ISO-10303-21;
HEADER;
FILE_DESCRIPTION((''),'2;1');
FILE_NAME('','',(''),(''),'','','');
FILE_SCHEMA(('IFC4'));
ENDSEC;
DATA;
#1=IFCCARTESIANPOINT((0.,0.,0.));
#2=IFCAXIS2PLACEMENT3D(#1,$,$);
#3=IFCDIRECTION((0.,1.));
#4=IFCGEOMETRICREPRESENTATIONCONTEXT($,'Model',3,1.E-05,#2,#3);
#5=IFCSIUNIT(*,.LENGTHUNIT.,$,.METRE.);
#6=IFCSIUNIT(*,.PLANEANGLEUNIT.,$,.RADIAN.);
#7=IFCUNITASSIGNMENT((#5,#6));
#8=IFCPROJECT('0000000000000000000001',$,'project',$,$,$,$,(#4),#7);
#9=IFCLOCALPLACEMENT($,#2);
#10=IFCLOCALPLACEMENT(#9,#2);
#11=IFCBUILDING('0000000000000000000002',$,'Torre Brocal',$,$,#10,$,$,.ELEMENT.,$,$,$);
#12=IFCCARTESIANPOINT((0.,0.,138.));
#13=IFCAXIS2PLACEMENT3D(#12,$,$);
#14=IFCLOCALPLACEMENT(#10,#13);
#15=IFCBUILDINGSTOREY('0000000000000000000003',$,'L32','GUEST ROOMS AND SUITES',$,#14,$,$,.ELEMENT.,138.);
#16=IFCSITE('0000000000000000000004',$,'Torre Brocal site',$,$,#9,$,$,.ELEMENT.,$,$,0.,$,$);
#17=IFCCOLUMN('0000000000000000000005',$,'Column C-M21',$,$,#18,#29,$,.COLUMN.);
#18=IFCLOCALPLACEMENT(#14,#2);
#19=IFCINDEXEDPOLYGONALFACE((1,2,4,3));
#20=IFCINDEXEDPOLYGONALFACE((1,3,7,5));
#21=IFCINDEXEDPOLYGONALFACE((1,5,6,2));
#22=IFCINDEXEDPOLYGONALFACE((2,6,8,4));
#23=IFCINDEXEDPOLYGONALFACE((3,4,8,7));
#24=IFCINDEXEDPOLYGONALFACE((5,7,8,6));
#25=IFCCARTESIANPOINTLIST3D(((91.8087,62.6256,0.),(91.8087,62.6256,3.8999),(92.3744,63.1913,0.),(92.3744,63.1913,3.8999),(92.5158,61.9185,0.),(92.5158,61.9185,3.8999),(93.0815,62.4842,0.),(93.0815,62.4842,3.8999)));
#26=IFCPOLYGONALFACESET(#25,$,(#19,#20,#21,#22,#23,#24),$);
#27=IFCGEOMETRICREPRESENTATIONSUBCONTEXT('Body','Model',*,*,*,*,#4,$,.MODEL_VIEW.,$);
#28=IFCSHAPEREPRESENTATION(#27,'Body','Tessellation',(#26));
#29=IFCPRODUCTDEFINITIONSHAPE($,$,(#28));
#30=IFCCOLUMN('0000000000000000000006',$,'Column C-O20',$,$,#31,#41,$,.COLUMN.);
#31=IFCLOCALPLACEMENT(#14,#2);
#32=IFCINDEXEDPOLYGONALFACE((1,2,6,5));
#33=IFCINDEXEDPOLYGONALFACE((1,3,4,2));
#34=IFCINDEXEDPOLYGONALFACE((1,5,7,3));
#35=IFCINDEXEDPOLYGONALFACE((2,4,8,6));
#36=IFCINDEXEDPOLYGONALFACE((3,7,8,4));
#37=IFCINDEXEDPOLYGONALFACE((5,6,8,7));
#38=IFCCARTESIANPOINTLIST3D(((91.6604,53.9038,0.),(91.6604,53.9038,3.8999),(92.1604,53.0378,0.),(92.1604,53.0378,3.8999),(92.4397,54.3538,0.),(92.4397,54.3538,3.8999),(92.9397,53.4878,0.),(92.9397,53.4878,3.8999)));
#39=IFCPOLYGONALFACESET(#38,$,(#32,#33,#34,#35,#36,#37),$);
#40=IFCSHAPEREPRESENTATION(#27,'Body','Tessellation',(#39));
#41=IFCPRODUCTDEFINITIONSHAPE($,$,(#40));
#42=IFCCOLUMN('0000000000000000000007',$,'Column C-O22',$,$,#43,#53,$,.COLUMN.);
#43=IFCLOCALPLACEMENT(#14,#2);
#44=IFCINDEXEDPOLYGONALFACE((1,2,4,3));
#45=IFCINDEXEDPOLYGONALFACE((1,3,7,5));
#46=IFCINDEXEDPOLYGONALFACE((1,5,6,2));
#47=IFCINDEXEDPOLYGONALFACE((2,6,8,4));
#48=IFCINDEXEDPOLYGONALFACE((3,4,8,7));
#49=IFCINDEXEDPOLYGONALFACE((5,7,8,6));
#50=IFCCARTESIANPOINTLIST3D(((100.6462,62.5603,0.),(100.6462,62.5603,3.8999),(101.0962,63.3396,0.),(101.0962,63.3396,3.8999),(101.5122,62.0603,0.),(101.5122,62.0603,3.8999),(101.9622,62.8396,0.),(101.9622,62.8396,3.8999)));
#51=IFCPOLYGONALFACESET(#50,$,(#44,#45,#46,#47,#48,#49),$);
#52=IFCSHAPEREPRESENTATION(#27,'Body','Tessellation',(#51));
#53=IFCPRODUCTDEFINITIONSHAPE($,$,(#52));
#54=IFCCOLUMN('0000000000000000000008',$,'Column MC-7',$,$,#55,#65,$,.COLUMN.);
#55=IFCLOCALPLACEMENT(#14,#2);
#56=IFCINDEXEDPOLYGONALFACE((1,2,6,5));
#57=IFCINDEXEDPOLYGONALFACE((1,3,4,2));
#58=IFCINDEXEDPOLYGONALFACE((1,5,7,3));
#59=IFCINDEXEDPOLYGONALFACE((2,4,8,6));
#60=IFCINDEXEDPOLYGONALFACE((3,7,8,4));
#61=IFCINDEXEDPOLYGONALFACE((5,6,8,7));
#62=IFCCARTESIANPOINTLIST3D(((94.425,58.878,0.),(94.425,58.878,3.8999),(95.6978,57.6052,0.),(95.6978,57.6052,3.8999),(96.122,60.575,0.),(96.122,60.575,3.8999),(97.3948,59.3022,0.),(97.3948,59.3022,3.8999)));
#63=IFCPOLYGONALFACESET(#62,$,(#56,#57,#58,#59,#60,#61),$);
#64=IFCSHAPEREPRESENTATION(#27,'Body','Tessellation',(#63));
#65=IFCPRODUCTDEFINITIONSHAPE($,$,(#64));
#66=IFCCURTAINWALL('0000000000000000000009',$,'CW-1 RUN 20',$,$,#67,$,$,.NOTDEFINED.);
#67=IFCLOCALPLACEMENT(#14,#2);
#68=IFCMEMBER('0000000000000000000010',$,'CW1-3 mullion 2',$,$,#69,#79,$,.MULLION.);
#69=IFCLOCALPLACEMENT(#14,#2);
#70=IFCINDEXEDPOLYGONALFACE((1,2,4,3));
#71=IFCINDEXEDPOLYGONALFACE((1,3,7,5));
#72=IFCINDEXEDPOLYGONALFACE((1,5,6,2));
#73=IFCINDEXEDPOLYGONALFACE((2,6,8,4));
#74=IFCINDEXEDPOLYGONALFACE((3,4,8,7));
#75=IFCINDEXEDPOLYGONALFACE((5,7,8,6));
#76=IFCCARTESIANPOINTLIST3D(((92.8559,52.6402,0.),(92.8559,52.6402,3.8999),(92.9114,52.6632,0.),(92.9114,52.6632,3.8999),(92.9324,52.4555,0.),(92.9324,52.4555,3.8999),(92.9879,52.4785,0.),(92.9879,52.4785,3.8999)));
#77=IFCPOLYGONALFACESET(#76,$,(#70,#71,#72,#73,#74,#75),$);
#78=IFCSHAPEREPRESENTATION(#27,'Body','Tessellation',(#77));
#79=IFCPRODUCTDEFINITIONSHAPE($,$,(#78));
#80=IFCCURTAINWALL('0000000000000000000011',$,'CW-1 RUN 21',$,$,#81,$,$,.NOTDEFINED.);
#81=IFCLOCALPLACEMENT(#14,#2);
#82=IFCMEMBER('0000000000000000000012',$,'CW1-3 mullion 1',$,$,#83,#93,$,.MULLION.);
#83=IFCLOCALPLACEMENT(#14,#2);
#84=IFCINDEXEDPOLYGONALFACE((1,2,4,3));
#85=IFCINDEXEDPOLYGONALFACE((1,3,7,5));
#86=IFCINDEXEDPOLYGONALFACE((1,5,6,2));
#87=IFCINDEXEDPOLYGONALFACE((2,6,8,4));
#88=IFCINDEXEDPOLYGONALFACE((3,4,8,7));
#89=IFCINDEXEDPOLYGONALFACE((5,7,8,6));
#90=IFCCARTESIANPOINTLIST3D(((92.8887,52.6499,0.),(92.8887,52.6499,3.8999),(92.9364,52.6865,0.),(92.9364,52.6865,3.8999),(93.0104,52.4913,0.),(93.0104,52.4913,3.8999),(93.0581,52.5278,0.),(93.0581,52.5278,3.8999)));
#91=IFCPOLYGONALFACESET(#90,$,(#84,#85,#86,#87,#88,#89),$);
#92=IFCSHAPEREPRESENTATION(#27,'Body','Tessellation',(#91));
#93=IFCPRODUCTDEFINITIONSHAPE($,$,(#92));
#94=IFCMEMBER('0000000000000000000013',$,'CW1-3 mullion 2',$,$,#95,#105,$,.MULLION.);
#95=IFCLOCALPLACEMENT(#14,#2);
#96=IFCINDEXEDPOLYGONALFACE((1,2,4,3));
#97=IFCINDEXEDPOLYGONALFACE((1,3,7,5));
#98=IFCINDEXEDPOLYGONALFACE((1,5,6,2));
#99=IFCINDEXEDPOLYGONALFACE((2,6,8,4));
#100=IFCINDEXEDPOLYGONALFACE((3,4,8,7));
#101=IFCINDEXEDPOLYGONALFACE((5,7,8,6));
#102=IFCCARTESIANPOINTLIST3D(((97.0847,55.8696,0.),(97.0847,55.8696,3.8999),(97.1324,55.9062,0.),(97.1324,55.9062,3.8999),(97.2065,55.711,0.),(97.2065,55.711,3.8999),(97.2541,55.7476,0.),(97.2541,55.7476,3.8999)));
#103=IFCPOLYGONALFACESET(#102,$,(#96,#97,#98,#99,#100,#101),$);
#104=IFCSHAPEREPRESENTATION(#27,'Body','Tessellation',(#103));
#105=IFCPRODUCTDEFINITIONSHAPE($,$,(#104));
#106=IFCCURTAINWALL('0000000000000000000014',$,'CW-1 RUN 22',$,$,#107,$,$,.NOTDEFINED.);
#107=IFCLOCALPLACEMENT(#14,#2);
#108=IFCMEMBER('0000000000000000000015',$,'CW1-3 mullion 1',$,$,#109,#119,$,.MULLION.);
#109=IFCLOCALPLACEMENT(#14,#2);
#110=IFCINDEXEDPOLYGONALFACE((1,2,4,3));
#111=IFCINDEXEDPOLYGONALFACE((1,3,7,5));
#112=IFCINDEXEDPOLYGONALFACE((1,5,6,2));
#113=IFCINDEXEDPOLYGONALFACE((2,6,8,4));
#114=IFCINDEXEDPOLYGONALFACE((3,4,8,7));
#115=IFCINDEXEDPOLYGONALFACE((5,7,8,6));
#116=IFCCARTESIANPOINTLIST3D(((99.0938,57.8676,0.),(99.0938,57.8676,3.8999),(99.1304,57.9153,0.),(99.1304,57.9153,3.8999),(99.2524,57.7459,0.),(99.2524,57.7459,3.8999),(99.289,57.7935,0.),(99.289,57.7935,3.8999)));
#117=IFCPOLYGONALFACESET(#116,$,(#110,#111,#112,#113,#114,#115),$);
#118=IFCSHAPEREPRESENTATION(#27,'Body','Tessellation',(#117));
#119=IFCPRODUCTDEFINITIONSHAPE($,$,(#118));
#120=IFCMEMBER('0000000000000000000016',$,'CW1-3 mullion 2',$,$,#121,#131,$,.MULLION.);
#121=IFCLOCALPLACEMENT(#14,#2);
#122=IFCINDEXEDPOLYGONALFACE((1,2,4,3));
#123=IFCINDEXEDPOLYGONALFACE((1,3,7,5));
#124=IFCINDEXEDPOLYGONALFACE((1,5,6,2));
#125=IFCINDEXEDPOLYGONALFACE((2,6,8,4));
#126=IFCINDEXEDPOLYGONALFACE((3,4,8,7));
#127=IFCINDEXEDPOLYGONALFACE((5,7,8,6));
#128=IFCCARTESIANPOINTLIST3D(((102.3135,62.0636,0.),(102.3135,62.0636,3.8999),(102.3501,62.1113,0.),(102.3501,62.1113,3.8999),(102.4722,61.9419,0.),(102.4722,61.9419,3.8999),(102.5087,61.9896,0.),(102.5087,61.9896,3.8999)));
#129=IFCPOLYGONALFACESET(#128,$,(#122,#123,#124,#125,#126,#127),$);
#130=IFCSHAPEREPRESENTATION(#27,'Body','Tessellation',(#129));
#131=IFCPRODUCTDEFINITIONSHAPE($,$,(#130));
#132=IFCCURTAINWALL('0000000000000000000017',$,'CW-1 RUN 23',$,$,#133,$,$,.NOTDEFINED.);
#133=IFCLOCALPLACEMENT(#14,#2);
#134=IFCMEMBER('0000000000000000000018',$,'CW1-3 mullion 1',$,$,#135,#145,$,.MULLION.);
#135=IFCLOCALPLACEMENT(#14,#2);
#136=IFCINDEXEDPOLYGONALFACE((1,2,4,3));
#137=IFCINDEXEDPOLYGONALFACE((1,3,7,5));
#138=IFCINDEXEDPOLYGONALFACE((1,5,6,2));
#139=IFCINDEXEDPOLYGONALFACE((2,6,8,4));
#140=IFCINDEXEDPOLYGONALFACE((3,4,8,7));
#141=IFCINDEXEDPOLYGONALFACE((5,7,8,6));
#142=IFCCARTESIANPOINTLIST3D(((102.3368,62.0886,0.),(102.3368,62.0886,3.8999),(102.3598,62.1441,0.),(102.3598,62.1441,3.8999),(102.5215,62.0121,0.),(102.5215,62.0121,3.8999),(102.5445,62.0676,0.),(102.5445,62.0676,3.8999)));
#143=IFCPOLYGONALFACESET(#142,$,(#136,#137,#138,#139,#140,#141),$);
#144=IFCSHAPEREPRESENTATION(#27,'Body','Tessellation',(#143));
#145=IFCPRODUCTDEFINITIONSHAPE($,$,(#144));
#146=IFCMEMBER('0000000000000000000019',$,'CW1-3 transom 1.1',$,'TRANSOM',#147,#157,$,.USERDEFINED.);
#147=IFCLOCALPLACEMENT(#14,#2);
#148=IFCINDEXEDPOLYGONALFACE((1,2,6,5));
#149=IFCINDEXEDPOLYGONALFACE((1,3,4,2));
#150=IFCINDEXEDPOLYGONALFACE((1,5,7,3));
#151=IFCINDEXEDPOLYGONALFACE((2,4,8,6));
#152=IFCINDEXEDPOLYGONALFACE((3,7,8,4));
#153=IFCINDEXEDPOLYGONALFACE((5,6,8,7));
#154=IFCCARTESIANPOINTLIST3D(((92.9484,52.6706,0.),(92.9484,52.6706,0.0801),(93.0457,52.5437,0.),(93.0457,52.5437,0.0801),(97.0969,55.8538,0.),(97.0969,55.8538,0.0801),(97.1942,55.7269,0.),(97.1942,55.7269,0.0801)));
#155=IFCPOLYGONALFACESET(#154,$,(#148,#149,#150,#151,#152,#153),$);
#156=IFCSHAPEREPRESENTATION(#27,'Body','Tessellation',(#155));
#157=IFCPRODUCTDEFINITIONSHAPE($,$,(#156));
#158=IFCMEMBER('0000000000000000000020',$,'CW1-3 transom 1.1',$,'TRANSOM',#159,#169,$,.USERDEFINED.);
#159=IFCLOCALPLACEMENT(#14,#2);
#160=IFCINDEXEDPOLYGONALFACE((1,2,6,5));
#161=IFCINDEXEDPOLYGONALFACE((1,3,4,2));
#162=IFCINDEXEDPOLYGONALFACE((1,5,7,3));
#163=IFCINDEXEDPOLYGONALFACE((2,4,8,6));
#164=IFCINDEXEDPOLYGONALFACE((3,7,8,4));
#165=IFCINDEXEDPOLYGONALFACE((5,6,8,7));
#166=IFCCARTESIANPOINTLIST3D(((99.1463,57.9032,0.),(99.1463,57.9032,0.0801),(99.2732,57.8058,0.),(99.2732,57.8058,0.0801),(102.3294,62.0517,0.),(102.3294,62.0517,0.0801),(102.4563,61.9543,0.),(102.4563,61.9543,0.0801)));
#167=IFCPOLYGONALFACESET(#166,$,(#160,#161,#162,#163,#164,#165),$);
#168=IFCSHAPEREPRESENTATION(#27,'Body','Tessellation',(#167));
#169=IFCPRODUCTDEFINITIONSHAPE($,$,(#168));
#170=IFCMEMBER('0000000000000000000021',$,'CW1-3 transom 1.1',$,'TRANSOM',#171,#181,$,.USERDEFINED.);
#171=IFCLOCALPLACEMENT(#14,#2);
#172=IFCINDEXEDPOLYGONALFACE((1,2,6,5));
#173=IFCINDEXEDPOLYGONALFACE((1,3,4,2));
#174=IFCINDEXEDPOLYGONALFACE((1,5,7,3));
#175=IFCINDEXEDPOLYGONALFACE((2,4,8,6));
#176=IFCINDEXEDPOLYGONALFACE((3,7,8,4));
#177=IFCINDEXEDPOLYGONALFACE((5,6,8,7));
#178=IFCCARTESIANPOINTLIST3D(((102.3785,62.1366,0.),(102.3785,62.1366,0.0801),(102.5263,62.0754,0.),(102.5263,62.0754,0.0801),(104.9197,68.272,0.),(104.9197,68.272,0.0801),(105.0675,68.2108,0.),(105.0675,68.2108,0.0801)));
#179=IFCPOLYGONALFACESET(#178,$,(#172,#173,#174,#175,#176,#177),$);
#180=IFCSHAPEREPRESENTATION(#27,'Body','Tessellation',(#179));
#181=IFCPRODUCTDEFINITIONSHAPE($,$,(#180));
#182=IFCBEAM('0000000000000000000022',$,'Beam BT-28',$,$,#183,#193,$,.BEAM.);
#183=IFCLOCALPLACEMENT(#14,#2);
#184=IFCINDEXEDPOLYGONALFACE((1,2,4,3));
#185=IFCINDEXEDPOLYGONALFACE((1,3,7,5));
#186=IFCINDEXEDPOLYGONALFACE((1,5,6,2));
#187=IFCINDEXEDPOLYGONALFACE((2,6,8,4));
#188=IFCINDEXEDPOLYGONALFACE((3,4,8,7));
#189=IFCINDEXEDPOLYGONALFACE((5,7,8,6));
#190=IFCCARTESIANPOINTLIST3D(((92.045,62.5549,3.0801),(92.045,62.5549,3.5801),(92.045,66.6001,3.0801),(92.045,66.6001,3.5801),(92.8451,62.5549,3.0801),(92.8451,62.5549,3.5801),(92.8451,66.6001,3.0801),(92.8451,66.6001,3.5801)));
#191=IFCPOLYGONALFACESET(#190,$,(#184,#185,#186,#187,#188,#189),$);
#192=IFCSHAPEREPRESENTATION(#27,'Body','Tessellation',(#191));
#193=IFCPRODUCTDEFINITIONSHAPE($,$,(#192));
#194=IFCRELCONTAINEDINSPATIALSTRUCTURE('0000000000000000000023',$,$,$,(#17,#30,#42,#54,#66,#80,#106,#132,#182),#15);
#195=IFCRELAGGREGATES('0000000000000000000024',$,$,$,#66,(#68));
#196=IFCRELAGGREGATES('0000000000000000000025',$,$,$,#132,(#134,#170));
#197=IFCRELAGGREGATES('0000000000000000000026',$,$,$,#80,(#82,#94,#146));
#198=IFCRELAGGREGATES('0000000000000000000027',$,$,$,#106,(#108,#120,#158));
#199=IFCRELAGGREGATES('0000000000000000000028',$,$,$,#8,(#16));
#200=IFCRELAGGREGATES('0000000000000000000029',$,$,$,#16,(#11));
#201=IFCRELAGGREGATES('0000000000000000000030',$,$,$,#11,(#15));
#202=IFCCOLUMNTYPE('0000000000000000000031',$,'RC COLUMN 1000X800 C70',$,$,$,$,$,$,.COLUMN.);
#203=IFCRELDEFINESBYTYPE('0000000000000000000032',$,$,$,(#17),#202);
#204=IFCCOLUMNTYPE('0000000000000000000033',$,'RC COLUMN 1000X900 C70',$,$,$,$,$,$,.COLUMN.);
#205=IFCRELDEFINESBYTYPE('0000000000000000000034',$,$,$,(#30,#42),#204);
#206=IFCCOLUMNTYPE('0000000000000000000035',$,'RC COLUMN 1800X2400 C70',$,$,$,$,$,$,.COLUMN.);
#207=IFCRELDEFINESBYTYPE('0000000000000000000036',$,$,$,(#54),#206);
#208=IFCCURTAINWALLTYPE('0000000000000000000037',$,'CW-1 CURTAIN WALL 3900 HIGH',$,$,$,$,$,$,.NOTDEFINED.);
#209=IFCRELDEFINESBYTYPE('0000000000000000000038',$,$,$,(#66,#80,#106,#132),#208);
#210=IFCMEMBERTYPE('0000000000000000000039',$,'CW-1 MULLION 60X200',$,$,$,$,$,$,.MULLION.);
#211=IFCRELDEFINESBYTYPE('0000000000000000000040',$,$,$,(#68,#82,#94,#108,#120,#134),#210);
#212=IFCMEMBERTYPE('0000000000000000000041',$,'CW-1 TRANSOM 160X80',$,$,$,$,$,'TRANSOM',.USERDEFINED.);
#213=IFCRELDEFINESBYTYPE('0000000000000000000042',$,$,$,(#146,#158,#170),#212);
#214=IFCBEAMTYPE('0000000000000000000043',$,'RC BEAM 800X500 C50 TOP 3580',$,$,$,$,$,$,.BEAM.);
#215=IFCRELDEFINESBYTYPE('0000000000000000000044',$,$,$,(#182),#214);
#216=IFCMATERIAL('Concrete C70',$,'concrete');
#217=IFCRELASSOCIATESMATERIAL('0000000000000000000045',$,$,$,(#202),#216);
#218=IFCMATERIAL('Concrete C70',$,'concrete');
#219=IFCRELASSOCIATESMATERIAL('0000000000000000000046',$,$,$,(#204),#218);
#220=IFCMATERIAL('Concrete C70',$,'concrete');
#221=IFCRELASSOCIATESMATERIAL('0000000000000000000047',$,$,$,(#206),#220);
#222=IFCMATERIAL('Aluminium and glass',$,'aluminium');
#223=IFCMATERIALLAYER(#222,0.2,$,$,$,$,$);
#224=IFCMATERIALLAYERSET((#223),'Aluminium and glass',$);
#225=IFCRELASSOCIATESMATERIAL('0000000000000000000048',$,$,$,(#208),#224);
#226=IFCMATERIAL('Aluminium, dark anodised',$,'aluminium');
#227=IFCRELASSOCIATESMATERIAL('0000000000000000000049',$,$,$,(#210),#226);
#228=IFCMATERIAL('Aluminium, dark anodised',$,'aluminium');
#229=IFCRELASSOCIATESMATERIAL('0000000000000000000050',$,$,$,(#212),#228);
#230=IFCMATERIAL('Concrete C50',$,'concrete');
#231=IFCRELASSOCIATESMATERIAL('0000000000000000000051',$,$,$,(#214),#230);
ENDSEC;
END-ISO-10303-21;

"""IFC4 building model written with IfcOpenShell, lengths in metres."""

from ifc_helpers import new_model, si_unit, direction, frame, origin, origin_2d, place, context, subcontext, project, spatial, rectangle, extrude, material, layer, layer_set, material_profile, profile_set, type_object, element, aggregate, save


model = new_model("IFC4")

# Units and contexts
model_context = context("Model", 3, precision=1e-05, world=origin(), true_north=direction((0.0, 1.0)))
body_context = subcontext(model_context, "Body", "Model", "MODEL_VIEW")
ifc_project = project(units=[si_unit("LENGTHUNIT", "METRE"), si_unit("PLANEANGLEUNIT", "RADIAN")], contexts=[model_context])

# Site, building, storey
site_placement = place(None, origin())
site = spatial("IfcSite", under=ifc_project, at=site_placement, Name="Torre Brocal site", CompositionType="ELEMENT", RefElevation=0.0)
building_placement = place(site_placement, origin())
building = spatial("IfcBuilding", under=site, at=building_placement, Name="Torre Brocal", CompositionType="ELEMENT")
storey_placement = place(building_placement, frame((0.0, 0.0, 138.0)))
storey = spatial("IfcBuildingStorey", under=building, at=storey_placement, Name="L32", Description="GUEST ROOMS AND SUITES", CompositionType="ELEMENT", Elevation=138.0)

# Columns
ifc_material_1 = material(Name="Concrete C70", Category="concrete")
ifc_material_profile_1 = material_profile(ifc_material_1, rectangle(XDim=1.0, YDim=0.8, at=origin_2d()), Name="RC 1000X800")
ifc_profile_set_1 = profile_set([ifc_material_profile_1], Name="Concrete C70")
column_type_1 = type_object("IfcColumnType", Name="RC COLUMN 1000X800 C70", PredefinedType="COLUMN", material=ifc_profile_set_1)
column_1_placement = place(storey_placement, frame((92.4451, 62.5549, 0.0), z_axis=(0.0, 0.0, 1.0), x_axis=(0.707107, -0.707107, 0.0)))
element("IfcColumn", 1, at=column_1_placement, inside=storey, type_object=column_type_1, Name="Column C-M21", PredefinedType="COLUMN", context=body_context, shape_type="SweptSolid", body=[
    extrude(rectangle(XDim=1.0, YDim=0.8, at=origin_2d()), origin(), (0.0, 0.0, 1.0), 3.8999),
])
ifc_material_2 = material(Name="Concrete C70", Category="concrete")
ifc_material_profile_2 = material_profile(ifc_material_2, rectangle(XDim=1.0, YDim=0.8999, at=origin_2d()), Name="RC 1000X900")
ifc_profile_set_2 = profile_set([ifc_material_profile_2], Name="Concrete C70")
column_type_2 = type_object("IfcColumnType", Name="RC COLUMN 1000X900 C70", PredefinedType="COLUMN", material=ifc_profile_set_2)
for number, where, z_axis, x_axis, name in (
    (2, (92.3, 53.6958, 0.0), (0.0, 0.0, 1.0), (0.5, -0.866025, 0.0), "Column C-O20"),
    (3, (101.3042, 62.7, 0.0), (0.0, 0.0, 1.0), (0.866025, -0.5, 0.0), "Column C-O22"),
):
    element("IfcColumn", number, at=place(storey_placement, frame(where, z_axis=z_axis, x_axis=x_axis)), inside=storey, type_object=column_type_2, Name=name, PredefinedType="COLUMN", context=body_context, shape_type="SweptSolid", body=[
        extrude(rectangle(XDim=1.0, YDim=0.8999, at=origin_2d()), origin(), (0.0, 0.0, 1.0), 3.8999),
    ])
ifc_material_3 = material(Name="Concrete C70", Category="concrete")
ifc_material_profile_3 = material_profile(ifc_material_3, rectangle(XDim=1.8, YDim=2.3999, at=origin_2d()), Name="RC 1800X2400")
ifc_profile_set_3 = profile_set([ifc_material_profile_3], Name="Concrete C70")
column_type_3 = type_object("IfcColumnType", Name="RC COLUMN 1800X2400 C70", PredefinedType="COLUMN", material=ifc_profile_set_3)
column_2_placement = place(storey_placement, frame((95.9099, 59.0901, 0.0), z_axis=(0.0, 0.0, 1.0), x_axis=(0.707107, -0.707107, 0.0)))
element("IfcColumn", 4, at=column_2_placement, inside=storey, type_object=column_type_3, Name="Column MC-7", PredefinedType="COLUMN", context=body_context, shape_type="SweptSolid", body=[
    extrude(rectangle(XDim=1.8, YDim=2.3999, at=origin_2d()), origin(), (0.0, 0.0, 1.0), 3.8999),
])

# Curtain wall, member
ifc_material_4 = material(Name="Aluminium and glass", Category="aluminium")
ifc_layer_1 = layer(ifc_material_4, 0.2)
ifc_layer_set_1 = layer_set([ifc_layer_1], Name="Aluminium and glass")
curtain_wall_type = type_object("IfcCurtainWallType", Name="CW-1 CURTAIN WALL 3900 HIGH", PredefinedType="NOTDEFINED", material=ifc_layer_set_1)
curtain_wall_1_placement = place(storey_placement, origin())
curtain_wall_1 = element("IfcCurtainWall", 5, at=curtain_wall_1_placement, inside=storey, type_object=curtain_wall_type, Name="CW-1 RUN 20", PredefinedType="NOTDEFINED")
ifc_material_5 = material(Name="Aluminium, dark anodised", Category="aluminium")
ifc_material_profile_4 = material_profile(ifc_material_5, rectangle(XDim=0.2, YDim=0.0601, at=origin_2d()), Name="CW-1 MULLION 60X200")
ifc_profile_set_4 = profile_set([ifc_material_profile_4], Name="Aluminium, dark anodised")
member_type_1 = type_object("IfcMemberType", Name="CW-1 MULLION 60X200", PredefinedType="MULLION", material=ifc_profile_set_4)
member_1_placement = place(storey_placement, frame((92.9219, 52.5593, 0.0), z_axis=(0.0, 0.0, 1.0), x_axis=(-0.382683, 0.92388, 0.0)))
member_1 = element("IfcMember", 6, at=member_1_placement, type_object=member_type_1, Name="CW1-3 mullion 2", PredefinedType="MULLION", context=body_context, shape_type="SweptSolid", body=[
    extrude(rectangle(XDim=0.2, YDim=0.0601, at=origin_2d()), origin(), (0.0, 0.0, 1.0), 3.8999),
])
aggregate(curtain_wall_1, [member_1])

# Curtain walls, members
curtain_wall_2_placement = place(storey_placement, origin())
curtain_wall_2 = element("IfcCurtainWall", 7, at=curtain_wall_2_placement, inside=storey, type_object=curtain_wall_type, Name="CW-1 RUN 21", PredefinedType="NOTDEFINED")
member_2_placement = place(storey_placement, frame((92.9734, 52.5889, 0.0), z_axis=(0.0, 0.0, 1.0), x_axis=(-0.608761, 0.793353, 0.0)))
member_2 = element("IfcMember", 8, at=member_2_placement, type_object=member_type_1, Name="CW1-3 mullion 1", PredefinedType="MULLION", context=body_context, shape_type="SweptSolid", body=[
    extrude(rectangle(XDim=0.2, YDim=0.0601, at=origin_2d()), origin(), (0.0, 0.0, 1.0), 3.8999),
])
member_3_placement = place(storey_placement, frame((97.1694, 55.8086, 0.0), z_axis=(0.0, 0.0, 1.0), x_axis=(-0.608761, 0.793353, 0.0)))
member_3 = element("IfcMember", 9, at=member_3_placement, type_object=member_type_1, Name="CW1-3 mullion 2", PredefinedType="MULLION", context=body_context, shape_type="SweptSolid", body=[
    extrude(rectangle(XDim=0.2, YDim=0.0601, at=origin_2d()), origin(), (0.0, 0.0, 1.0), 3.8999),
])
curtain_wall_3_placement = place(storey_placement, origin())
curtain_wall_3 = element("IfcCurtainWall", 10, at=curtain_wall_3_placement, inside=storey, type_object=curtain_wall_type, Name="CW-1 RUN 22", PredefinedType="NOTDEFINED")
member_4_placement = place(storey_placement, frame((99.1914, 57.8306, 0.0), z_axis=(0.0, 0.0, 1.0), x_axis=(-0.793353, 0.608761, 0.0)))
member_4 = element("IfcMember", 11, at=member_4_placement, type_object=member_type_1, Name="CW1-3 mullion 1", PredefinedType="MULLION", context=body_context, shape_type="SweptSolid", body=[
    extrude(rectangle(XDim=0.2, YDim=0.0601, at=origin_2d()), origin(), (0.0, 0.0, 1.0), 3.8999),
])
member_5_placement = place(storey_placement, frame((102.4111, 62.0266, 0.0), z_axis=(0.0, 0.0, 1.0), x_axis=(-0.793353, 0.608761, 0.0)))
member_5 = element("IfcMember", 12, at=member_5_placement, type_object=member_type_1, Name="CW1-3 mullion 2", PredefinedType="MULLION", context=body_context, shape_type="SweptSolid", body=[
    extrude(rectangle(XDim=0.2, YDim=0.0601, at=origin_2d()), origin(), (0.0, 0.0, 1.0), 3.8999),
])

# Curtain wall, member
curtain_wall_4_placement = place(storey_placement, origin())
curtain_wall_4 = element("IfcCurtainWall", 13, at=curtain_wall_4_placement, inside=storey, type_object=curtain_wall_type, Name="CW-1 RUN 23", PredefinedType="NOTDEFINED")
member_6_placement = place(storey_placement, frame((102.4407, 62.0781, 0.0), z_axis=(0.0, 0.0, 1.0), x_axis=(-0.92388, 0.382683, 0.0)))
member_6 = element("IfcMember", 14, at=member_6_placement, type_object=member_type_1, Name="CW1-3 mullion 1", PredefinedType="MULLION", context=body_context, shape_type="SweptSolid", body=[
    extrude(rectangle(XDim=0.2, YDim=0.0601, at=origin_2d()), origin(), (0.0, 0.0, 1.0), 3.8999),
])

# Members
ifc_material_6 = material(Name="Aluminium, dark anodised", Category="aluminium")
ifc_material_profile_5 = material_profile(ifc_material_6, rectangle(XDim=0.1599, YDim=0.0801, at=origin_2d()), Name="CW-1 TRANSOM 160X80")
ifc_profile_set_5 = profile_set([ifc_material_profile_5], Name="Aluminium, dark anodised")
member_type_2 = type_object("IfcMemberType", Name="CW-1 TRANSOM 160X80", ElementType="TRANSOM", PredefinedType="USERDEFINED", material=ifc_profile_set_5)
member_7_placement = place(storey_placement, frame((92.9971, 52.6072, 0.04), z_axis=(0.793363, 0.608749, 0.0), x_axis=(-0.608749, 0.793363, 0.0)))
member_7 = element("IfcMember", 15, at=member_7_placement, type_object=member_type_2, Name="CW1-3 transom 1.1", ObjectType="TRANSOM", PredefinedType="USERDEFINED", context=body_context, shape_type="SweptSolid", body=[
    extrude(rectangle(XDim=0.1599, YDim=0.0801, at=origin_2d()), origin(), (0.0, 0.0, 1.0), 5.229),
])
member_8_placement = place(storey_placement, frame((99.2097, 57.8545, 0.04), z_axis=(0.608749, 0.793363, 0.0), x_axis=(-0.793363, 0.608749, 0.0)))
member_8 = element("IfcMember", 16, at=member_8_placement, type_object=member_type_2, Name="CW1-3 transom 1.1", ObjectType="TRANSOM", PredefinedType="USERDEFINED", context=body_context, shape_type="SweptSolid", body=[
    extrude(rectangle(XDim=0.1599, YDim=0.0801, at=origin_2d()), origin(), (0.0, 0.0, 1.0), 5.229),
])
member_9_placement = place(storey_placement, frame((102.4524, 62.106, 0.04), z_axis=(0.382665, 0.923887, 0.0), x_axis=(-0.923887, 0.382665, 0.0)))
member_9 = element("IfcMember", 17, at=member_9_placement, type_object=member_type_2, Name="CW1-3 transom 1.1", ObjectType="TRANSOM", PredefinedType="USERDEFINED", context=body_context, shape_type="SweptSolid", body=[
    extrude(rectangle(XDim=0.1599, YDim=0.0801, at=origin_2d()), origin(), (0.0, 0.0, 1.0), 6.6409),
])
aggregate(curtain_wall_4, [member_6, member_9])

# Beam
ifc_material_7 = material(Name="Concrete C50", Category="concrete")
ifc_material_profile_6 = material_profile(ifc_material_7, rectangle(XDim=0.8, YDim=0.5, at=origin_2d()), Name="RC 800X500")
ifc_profile_set_6 = profile_set([ifc_material_profile_6], Name="Concrete C50")
beam_type_1 = type_object("IfcBeamType", Name="RC BEAM 800X500 C50 TOP 3580", PredefinedType="BEAM", material=ifc_profile_set_6)
beam_1_placement = place(storey_placement, frame((92.4451, 62.5549, 3.3301), z_axis=(0.0, 1.0, 0.0), x_axis=(-1.0, 0.0, 0.0)))
element("IfcBeam", 18, at=beam_1_placement, inside=storey, type_object=beam_type_1, Name="Beam BT-28", PredefinedType="BEAM", context=body_context, shape_type="SweptSolid", body=[
    extrude(rectangle(XDim=0.8, YDim=0.5, at=origin_2d()), origin(), (0.0, 0.0, 1.0), 4.0452),
])

aggregate(curtain_wall_2, [member_2, member_3, member_7])
aggregate(curtain_wall_3, [member_4, member_5, member_8])

save(model, "model.ifc")
